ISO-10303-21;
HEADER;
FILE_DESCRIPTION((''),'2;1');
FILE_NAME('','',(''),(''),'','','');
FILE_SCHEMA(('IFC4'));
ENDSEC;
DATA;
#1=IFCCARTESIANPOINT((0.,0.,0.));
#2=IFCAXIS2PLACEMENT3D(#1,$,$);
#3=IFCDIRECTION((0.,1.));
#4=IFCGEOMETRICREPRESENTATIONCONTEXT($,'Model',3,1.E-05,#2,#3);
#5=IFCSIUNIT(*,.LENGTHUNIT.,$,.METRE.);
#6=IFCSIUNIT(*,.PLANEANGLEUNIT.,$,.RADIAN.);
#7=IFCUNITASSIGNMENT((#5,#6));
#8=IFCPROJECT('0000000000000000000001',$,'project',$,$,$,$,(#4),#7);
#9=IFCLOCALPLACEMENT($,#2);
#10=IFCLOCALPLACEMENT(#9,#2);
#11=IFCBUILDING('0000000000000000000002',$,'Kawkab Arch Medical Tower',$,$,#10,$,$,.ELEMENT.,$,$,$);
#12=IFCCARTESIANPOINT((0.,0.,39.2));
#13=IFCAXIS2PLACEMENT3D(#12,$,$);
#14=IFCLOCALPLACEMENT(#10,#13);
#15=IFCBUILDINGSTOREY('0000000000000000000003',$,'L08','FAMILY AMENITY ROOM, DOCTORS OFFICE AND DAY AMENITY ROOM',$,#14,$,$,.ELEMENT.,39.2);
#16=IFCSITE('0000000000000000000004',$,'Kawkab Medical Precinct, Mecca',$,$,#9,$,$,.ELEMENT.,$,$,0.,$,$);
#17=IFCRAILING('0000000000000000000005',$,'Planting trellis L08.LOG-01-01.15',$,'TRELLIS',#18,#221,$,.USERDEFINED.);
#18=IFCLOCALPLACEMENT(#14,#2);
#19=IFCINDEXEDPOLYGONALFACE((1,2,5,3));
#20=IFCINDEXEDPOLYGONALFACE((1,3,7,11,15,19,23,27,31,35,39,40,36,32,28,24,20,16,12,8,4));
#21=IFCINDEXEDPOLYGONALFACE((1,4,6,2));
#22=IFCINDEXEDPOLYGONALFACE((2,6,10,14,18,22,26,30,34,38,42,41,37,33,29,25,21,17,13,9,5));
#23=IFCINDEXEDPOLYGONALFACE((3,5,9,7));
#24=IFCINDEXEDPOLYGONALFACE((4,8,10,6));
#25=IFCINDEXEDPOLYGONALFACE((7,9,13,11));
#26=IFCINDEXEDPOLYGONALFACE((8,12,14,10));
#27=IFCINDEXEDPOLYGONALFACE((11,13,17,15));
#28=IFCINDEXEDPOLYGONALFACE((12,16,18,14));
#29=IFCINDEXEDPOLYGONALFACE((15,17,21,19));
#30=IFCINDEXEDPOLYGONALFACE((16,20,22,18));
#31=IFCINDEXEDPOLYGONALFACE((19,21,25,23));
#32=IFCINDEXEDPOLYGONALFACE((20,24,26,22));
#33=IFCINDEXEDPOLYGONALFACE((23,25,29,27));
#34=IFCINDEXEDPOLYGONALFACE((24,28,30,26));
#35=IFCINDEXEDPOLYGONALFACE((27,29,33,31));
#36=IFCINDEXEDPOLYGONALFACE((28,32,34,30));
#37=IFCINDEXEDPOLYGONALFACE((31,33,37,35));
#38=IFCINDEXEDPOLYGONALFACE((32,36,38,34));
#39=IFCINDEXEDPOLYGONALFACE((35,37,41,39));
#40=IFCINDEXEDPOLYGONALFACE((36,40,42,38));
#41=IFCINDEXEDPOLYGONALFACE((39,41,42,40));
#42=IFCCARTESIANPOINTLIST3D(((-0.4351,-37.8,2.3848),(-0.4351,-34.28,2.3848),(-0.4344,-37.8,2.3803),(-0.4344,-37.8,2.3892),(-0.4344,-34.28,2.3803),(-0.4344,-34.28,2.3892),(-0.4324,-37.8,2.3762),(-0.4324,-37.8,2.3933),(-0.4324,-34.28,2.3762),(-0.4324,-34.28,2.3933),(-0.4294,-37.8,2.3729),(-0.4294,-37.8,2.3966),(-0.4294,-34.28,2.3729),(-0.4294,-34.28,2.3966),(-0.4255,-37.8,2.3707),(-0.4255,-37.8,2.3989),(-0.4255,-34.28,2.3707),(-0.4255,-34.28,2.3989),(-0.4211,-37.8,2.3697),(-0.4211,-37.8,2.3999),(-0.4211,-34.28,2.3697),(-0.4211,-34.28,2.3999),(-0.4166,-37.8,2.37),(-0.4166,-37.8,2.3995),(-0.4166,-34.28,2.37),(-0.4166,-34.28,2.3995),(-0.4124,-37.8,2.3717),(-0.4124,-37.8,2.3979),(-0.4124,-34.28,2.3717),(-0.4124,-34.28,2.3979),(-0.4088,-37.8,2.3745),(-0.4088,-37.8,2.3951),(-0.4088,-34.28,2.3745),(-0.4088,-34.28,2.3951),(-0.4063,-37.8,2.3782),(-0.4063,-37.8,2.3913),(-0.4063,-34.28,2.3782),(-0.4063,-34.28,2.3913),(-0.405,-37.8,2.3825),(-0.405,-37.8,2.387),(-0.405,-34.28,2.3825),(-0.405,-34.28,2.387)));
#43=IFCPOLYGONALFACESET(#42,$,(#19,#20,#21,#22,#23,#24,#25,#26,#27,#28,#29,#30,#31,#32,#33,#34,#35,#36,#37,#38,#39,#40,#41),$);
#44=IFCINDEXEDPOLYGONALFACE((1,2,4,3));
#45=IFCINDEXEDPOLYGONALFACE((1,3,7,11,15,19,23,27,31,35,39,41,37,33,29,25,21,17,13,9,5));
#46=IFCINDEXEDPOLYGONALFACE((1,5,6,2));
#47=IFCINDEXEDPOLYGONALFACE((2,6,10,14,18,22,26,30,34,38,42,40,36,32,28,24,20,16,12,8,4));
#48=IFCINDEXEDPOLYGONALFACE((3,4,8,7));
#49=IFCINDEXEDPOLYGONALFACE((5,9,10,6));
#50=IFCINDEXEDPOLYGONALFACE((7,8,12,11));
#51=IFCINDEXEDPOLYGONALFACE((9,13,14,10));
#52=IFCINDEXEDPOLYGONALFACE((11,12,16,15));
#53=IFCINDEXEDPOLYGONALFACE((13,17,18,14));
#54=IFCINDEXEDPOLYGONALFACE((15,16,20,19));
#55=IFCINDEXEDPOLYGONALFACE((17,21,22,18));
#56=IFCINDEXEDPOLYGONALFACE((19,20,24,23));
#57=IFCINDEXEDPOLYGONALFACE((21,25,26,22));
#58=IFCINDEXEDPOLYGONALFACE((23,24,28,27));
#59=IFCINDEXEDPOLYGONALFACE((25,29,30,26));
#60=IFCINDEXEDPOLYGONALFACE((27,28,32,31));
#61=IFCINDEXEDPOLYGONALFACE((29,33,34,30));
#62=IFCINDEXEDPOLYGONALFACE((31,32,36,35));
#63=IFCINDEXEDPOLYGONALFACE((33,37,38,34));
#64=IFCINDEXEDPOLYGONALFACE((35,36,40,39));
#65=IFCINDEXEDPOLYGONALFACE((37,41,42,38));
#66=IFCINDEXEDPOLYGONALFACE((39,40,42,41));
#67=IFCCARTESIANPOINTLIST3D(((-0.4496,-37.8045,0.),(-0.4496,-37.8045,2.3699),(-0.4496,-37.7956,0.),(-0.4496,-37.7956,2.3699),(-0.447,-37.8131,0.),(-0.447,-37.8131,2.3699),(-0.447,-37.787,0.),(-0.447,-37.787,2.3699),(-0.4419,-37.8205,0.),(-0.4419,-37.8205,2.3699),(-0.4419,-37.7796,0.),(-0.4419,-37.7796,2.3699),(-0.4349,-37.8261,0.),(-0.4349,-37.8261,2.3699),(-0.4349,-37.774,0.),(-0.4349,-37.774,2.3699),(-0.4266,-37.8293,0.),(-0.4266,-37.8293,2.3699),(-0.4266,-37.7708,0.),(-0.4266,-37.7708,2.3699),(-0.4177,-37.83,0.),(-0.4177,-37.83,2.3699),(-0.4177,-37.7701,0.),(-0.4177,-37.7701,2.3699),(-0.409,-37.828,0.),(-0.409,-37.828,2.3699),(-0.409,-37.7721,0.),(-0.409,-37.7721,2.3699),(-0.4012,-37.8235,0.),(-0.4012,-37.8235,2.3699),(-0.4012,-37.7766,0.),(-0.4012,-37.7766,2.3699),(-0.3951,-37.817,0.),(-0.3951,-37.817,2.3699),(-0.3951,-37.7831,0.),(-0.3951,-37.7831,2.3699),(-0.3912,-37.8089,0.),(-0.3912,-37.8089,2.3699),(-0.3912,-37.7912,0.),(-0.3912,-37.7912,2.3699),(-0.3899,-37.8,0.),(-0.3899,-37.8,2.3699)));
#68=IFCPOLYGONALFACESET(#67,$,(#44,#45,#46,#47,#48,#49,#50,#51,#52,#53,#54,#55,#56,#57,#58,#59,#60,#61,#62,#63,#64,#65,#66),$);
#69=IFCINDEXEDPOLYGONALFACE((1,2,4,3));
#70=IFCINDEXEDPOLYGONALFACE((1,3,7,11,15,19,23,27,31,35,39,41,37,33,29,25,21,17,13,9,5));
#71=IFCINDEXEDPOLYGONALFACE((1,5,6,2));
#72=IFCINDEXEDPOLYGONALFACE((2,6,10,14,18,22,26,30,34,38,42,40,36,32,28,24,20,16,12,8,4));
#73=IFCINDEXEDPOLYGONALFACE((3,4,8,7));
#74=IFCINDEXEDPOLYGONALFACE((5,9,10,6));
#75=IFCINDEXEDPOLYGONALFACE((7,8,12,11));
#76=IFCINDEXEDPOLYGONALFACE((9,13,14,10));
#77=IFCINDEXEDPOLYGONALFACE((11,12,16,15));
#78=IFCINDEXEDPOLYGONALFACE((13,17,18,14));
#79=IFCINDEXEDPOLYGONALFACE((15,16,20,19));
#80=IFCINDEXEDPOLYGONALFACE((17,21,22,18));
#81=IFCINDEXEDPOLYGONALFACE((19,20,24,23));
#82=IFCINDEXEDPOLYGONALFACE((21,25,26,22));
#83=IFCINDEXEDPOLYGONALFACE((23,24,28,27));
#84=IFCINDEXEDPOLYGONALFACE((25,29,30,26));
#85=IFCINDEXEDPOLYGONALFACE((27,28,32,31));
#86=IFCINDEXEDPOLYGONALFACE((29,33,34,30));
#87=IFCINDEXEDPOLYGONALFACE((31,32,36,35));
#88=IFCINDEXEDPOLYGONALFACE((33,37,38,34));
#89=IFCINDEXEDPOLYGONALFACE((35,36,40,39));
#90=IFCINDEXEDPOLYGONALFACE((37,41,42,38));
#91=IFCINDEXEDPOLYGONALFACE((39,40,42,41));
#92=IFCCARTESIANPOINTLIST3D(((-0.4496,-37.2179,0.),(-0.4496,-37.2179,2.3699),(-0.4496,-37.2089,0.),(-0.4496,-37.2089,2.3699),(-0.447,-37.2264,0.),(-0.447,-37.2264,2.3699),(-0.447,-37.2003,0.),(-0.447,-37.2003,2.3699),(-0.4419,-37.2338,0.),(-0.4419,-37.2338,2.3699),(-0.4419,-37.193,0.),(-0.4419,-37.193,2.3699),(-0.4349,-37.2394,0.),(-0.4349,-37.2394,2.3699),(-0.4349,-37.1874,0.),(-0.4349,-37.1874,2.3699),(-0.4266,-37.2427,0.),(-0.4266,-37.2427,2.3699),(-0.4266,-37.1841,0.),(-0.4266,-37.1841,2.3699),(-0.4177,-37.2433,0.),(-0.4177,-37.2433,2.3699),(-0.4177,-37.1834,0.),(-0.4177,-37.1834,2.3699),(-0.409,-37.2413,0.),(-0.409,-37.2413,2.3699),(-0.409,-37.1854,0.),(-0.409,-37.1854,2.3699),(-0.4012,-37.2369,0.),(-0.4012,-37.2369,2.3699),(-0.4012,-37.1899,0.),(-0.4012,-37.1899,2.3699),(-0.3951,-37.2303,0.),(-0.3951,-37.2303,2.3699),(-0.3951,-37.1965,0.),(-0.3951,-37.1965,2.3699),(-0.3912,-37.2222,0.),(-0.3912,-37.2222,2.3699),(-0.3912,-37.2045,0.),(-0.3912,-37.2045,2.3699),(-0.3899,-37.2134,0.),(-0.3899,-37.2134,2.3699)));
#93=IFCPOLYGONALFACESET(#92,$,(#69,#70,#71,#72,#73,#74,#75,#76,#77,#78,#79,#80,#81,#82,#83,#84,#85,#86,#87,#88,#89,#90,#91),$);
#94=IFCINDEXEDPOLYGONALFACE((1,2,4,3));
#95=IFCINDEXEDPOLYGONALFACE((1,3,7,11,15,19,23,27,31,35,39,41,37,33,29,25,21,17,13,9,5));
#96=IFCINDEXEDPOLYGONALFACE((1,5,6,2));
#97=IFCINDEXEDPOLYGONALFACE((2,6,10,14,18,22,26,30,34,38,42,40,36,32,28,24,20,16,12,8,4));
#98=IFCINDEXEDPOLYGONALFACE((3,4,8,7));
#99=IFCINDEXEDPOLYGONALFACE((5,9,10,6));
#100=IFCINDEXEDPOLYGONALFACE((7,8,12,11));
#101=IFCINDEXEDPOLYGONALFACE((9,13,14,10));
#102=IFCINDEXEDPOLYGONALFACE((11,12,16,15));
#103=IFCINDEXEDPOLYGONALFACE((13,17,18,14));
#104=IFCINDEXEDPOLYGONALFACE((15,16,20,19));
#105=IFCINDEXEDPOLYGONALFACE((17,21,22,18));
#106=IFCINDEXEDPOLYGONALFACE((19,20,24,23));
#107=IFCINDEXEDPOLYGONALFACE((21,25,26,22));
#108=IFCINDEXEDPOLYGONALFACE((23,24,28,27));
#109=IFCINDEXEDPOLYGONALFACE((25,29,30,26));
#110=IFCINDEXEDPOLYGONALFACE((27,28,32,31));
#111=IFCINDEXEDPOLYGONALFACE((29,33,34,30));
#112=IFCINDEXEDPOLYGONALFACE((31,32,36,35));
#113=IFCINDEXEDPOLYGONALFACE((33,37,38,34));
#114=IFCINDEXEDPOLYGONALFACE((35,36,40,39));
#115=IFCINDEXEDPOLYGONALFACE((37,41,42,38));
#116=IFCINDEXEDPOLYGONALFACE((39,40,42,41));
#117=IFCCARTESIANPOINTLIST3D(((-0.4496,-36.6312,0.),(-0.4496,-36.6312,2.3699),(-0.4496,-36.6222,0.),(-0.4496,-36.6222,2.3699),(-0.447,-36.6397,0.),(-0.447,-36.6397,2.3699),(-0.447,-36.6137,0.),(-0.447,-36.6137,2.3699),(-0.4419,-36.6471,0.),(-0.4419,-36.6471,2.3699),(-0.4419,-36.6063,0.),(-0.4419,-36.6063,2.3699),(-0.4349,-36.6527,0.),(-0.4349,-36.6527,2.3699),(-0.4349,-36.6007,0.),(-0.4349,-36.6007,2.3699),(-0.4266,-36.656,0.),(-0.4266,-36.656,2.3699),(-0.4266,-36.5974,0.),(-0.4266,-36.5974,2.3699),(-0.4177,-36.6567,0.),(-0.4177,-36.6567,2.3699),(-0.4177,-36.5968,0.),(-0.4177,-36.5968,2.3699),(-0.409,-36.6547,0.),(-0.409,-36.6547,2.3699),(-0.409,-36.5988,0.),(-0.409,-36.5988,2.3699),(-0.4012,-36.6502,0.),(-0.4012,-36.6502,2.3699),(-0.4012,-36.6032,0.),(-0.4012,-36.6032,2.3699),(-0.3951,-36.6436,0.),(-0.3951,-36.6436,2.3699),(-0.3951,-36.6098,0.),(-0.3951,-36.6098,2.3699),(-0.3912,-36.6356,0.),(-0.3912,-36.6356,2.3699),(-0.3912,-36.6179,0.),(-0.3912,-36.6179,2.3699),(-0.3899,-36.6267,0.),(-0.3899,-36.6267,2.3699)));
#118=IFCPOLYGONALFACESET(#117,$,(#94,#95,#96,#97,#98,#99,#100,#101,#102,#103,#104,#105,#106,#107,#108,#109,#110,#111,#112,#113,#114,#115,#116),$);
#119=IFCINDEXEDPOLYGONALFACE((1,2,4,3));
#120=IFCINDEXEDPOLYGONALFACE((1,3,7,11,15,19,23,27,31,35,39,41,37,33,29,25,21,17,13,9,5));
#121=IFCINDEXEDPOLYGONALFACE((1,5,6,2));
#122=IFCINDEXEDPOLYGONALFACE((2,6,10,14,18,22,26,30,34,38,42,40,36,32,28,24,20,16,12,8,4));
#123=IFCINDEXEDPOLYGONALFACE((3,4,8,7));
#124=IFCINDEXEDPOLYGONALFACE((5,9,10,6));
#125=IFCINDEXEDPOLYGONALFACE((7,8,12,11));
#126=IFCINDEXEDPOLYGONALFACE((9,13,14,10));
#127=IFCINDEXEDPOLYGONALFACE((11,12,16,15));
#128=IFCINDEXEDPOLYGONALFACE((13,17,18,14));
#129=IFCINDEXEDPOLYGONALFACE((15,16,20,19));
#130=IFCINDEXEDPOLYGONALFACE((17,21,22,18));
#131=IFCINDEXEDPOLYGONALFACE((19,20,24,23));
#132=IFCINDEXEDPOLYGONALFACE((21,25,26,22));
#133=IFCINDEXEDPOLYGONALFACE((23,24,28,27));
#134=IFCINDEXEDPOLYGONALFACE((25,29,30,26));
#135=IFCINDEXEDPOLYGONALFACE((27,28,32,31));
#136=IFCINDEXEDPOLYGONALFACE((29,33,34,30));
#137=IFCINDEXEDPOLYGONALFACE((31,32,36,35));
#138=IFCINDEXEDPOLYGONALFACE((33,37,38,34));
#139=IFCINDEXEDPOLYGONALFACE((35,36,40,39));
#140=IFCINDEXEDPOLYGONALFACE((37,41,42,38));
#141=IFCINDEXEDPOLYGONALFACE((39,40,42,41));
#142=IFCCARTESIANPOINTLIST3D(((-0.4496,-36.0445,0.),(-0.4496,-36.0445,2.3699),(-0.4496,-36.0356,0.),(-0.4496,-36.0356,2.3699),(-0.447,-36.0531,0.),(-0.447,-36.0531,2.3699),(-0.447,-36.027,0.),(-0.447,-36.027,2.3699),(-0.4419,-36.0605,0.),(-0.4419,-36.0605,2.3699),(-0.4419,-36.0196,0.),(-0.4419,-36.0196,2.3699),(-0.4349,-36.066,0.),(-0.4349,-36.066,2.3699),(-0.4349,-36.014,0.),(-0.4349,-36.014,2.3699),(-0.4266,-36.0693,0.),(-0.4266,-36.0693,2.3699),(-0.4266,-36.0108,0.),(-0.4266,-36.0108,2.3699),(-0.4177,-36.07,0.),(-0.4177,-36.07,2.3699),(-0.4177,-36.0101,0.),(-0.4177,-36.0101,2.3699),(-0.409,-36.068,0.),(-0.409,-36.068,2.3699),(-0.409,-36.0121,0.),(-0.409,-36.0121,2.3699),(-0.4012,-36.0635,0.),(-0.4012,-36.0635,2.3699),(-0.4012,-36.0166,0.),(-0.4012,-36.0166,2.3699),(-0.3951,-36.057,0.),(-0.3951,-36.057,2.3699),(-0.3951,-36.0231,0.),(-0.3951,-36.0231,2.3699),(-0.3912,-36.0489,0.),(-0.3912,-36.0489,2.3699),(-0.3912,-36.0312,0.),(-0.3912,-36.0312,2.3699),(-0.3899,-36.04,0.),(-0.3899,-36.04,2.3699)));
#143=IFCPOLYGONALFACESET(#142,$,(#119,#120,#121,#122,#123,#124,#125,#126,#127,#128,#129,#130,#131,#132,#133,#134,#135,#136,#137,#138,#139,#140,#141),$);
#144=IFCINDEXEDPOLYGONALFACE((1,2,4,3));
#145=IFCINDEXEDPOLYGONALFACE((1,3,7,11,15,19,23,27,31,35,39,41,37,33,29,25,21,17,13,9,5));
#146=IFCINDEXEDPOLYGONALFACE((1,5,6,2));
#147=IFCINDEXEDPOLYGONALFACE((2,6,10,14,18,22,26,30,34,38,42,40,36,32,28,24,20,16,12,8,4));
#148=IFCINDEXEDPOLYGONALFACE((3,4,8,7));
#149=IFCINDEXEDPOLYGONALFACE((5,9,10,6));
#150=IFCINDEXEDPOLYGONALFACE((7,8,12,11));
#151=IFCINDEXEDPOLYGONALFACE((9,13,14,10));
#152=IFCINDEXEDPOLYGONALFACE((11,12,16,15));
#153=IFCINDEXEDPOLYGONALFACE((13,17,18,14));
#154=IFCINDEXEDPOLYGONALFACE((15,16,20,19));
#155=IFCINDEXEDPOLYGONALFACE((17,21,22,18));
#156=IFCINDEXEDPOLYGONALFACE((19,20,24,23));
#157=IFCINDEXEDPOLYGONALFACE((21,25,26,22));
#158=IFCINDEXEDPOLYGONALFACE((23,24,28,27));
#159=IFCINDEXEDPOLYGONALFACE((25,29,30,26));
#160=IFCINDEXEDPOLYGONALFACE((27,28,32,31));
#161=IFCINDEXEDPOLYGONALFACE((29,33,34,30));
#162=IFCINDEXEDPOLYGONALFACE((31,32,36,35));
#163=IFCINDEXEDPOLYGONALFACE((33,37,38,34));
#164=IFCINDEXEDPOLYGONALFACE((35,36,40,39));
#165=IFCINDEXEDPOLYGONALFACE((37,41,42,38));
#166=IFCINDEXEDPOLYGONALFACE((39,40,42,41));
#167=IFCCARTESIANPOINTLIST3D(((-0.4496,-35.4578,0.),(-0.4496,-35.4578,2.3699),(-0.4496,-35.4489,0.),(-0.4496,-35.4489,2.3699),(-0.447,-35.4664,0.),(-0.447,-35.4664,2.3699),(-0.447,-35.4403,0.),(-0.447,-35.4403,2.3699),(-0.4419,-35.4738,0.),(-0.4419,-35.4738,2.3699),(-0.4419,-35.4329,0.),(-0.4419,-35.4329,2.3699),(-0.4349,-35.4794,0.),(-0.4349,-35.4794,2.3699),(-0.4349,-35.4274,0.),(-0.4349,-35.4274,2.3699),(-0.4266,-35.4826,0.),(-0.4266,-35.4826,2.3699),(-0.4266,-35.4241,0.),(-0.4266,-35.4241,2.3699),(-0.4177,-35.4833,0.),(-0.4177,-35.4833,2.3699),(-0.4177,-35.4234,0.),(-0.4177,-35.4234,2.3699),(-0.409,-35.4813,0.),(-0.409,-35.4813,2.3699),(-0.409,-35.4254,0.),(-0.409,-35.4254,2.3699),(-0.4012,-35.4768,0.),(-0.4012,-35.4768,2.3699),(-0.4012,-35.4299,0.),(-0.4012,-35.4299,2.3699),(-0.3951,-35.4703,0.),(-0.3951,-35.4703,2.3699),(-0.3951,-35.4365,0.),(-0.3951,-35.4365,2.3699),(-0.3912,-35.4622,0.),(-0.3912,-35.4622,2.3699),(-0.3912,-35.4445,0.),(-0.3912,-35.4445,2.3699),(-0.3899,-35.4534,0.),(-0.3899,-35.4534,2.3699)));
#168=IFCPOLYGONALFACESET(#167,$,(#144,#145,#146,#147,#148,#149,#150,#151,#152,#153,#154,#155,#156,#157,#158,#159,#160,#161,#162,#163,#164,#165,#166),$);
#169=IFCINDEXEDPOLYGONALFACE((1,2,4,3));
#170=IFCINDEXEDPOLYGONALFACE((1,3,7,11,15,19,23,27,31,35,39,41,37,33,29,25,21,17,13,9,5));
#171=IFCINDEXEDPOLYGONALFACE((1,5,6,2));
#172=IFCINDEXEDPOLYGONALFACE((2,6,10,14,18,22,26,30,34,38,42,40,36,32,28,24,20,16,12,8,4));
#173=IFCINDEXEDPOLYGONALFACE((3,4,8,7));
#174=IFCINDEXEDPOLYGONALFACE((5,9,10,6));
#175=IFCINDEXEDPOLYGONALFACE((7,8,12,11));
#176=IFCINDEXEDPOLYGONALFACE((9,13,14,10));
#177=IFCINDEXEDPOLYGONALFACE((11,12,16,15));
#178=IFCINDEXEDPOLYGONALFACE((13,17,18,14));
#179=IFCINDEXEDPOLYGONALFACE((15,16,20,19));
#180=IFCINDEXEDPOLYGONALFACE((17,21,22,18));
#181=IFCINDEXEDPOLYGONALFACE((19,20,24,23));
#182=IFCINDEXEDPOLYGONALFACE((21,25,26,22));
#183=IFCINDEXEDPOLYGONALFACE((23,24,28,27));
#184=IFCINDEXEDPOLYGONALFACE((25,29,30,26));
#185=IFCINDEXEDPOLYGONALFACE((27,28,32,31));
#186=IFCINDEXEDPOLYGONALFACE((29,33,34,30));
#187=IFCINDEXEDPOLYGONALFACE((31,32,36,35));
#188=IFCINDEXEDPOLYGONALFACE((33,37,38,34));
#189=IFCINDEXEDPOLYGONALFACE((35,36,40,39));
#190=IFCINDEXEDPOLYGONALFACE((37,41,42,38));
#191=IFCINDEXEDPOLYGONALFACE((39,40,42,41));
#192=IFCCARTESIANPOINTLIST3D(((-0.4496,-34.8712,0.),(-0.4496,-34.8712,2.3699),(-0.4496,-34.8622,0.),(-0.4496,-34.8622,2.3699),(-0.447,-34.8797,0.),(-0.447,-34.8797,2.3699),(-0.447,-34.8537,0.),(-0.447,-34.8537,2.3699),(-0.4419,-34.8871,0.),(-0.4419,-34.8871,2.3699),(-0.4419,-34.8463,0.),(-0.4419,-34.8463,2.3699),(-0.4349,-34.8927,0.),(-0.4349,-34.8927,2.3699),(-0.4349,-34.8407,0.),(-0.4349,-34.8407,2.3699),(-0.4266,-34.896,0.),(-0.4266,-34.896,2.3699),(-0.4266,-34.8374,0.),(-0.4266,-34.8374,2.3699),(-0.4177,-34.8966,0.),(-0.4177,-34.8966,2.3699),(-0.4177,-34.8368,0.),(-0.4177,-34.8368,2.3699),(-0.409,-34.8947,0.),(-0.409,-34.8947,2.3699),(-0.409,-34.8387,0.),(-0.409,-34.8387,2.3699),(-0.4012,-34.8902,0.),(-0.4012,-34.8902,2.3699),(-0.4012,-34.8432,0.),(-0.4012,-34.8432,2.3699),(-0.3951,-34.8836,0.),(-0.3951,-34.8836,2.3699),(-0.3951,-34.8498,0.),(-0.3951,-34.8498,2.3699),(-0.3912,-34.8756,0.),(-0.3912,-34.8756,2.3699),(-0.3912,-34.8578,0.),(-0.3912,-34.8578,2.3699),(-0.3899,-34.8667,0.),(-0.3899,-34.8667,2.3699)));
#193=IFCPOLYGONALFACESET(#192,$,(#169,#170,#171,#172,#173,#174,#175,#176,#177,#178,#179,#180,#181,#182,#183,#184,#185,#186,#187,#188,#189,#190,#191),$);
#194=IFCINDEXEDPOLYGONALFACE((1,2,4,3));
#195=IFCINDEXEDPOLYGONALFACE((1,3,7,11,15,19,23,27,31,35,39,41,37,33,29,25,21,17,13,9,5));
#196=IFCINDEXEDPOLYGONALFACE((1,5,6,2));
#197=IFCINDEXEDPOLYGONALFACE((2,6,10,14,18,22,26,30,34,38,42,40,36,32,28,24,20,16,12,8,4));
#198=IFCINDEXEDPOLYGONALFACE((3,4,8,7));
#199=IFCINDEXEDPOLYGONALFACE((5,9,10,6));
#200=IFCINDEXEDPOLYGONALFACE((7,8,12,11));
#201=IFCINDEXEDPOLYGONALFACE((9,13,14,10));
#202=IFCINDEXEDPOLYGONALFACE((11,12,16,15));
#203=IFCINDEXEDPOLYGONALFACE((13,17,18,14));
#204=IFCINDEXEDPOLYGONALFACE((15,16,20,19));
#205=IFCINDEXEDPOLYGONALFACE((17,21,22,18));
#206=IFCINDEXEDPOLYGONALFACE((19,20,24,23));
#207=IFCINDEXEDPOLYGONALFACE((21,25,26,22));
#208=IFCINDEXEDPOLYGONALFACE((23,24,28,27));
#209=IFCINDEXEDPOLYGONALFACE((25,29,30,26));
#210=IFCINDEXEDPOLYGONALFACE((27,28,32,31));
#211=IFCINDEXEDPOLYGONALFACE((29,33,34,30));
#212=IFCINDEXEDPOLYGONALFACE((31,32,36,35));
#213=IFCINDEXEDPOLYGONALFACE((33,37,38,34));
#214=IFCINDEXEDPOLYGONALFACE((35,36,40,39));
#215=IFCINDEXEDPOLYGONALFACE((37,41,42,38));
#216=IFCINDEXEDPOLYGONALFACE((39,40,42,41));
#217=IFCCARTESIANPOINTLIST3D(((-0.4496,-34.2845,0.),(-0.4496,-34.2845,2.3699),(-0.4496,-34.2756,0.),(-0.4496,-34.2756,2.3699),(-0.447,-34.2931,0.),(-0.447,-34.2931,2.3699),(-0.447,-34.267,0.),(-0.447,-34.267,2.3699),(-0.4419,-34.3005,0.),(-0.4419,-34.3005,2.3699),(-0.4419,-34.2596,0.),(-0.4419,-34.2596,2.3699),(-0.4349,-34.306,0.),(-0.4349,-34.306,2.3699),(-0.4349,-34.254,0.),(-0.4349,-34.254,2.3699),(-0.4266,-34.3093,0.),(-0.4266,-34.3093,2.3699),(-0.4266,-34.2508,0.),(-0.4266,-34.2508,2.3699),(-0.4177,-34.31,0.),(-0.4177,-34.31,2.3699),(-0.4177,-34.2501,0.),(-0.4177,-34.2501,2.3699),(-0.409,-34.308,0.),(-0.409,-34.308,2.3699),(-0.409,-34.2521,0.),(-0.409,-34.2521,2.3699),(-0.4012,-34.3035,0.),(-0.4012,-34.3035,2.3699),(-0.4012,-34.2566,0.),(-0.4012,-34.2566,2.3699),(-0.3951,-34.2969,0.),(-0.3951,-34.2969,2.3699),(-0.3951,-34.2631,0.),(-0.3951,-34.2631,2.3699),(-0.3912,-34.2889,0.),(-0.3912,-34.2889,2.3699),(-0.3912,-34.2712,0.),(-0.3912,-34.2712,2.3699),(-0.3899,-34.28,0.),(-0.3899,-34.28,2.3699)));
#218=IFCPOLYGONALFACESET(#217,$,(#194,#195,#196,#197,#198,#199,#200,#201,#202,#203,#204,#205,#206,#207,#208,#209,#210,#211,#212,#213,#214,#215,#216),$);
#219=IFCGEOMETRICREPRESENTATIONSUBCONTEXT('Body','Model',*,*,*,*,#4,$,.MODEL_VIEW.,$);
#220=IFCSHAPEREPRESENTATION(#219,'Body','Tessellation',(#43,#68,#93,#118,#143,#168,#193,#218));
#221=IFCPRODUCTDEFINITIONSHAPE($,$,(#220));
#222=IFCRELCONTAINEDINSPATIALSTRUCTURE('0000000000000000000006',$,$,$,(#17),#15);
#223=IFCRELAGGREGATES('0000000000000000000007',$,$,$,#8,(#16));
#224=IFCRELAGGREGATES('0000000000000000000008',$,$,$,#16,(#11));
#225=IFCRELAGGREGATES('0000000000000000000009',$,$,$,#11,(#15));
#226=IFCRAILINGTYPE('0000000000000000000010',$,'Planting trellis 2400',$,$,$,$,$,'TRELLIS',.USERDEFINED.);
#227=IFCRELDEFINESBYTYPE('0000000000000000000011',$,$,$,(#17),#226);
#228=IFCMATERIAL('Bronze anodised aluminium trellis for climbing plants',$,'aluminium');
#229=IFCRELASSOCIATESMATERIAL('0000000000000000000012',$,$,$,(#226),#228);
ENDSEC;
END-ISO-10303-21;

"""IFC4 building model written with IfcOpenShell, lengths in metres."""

from ifc_helpers import new_model, si_unit, direction, frame, origin, origin_2d, place, context, subcontext, project, spatial, circle, extrude, material, type_object, element, save


model = new_model("IFC4")

# Units and contexts
model_context = context("Model", 3, precision=1e-05, world=origin(), true_north=direction((0.0, 1.0)))
body_context = subcontext(model_context, "Body", "Model", "MODEL_VIEW")
ifc_project = project(units=[si_unit("LENGTHUNIT", "METRE"), si_unit("PLANEANGLEUNIT", "RADIAN")], contexts=[model_context])

# Site, building, storey
site_placement = place(None, origin())
site = spatial("IfcSite", under=ifc_project, at=site_placement, Name="Kawkab Medical Precinct, Mecca", CompositionType="ELEMENT", RefElevation=0.0)
building_placement = place(site_placement, origin())
building = spatial("IfcBuilding", under=site, at=building_placement, Name="Kawkab Arch Medical Tower", CompositionType="ELEMENT")
storey_placement = place(building_placement, frame((0.0, 0.0, 39.2)))
storey = spatial("IfcBuildingStorey", under=building, at=storey_placement, Name="L08", Description="FAMILY AMENITY ROOM, DOCTORS OFFICE AND DAY AMENITY ROOM", CompositionType="ELEMENT", Elevation=39.2)

# Railing
ifc_material_1 = material(Name="Bronze anodised aluminium trellis for climbing plants", Category="aluminium")
railing_type_1 = type_object("IfcRailingType", Name="Planting trellis 2400", ElementType="TRELLIS", PredefinedType="USERDEFINED", material=ifc_material_1)
railing_1_placement = place(storey_placement, frame((-0.4199, -37.8, 0.0)))
element("IfcRailing", 1, at=railing_1_placement, inside=storey, type_object=railing_type_1, Name="Planting trellis L08.LOG-01-01.15", ObjectType="TRELLIS", PredefinedType="USERDEFINED", context=body_context, shape_type="SweptSolid", body=[
    extrude(circle(Radius=0.0151, at=origin_2d()), frame((0.0, 0.0, 2.3848), z_axis=(0.0, 1.0, 0.0), x_axis=(-1.0, 0.0, 0.0)), (0.0, 0.0, 1.0), 3.52),
    extrude(circle(Radius=0.03, at=origin_2d()), origin(), (0.0, 0.0, 1.0), 2.3699),
    extrude(circle(Radius=0.03, at=origin_2d()), frame((0.0, 0.5867, 0.0)), (0.0, 0.0, 1.0), 2.3699),
    extrude(circle(Radius=0.03, at=origin_2d()), frame((0.0, 1.1733, 0.0)), (0.0, 0.0, 1.0), 2.3699),
    extrude(circle(Radius=0.03, at=origin_2d()), frame((0.0, 1.76, 0.0)), (0.0, 0.0, 1.0), 2.3699),
    extrude(circle(Radius=0.03, at=origin_2d()), frame((0.0, 2.3467, 0.0)), (0.0, 0.0, 1.0), 2.3699),
    extrude(circle(Radius=0.03, at=origin_2d()), frame((0.0, 2.9333, 0.0)), (0.0, 0.0, 1.0), 2.3699),
    extrude(circle(Radius=0.03, at=origin_2d()), frame((0.0, 3.52, 0.0)), (0.0, 0.0, 1.0), 2.3699),
])

save(model, "model.ifc")
